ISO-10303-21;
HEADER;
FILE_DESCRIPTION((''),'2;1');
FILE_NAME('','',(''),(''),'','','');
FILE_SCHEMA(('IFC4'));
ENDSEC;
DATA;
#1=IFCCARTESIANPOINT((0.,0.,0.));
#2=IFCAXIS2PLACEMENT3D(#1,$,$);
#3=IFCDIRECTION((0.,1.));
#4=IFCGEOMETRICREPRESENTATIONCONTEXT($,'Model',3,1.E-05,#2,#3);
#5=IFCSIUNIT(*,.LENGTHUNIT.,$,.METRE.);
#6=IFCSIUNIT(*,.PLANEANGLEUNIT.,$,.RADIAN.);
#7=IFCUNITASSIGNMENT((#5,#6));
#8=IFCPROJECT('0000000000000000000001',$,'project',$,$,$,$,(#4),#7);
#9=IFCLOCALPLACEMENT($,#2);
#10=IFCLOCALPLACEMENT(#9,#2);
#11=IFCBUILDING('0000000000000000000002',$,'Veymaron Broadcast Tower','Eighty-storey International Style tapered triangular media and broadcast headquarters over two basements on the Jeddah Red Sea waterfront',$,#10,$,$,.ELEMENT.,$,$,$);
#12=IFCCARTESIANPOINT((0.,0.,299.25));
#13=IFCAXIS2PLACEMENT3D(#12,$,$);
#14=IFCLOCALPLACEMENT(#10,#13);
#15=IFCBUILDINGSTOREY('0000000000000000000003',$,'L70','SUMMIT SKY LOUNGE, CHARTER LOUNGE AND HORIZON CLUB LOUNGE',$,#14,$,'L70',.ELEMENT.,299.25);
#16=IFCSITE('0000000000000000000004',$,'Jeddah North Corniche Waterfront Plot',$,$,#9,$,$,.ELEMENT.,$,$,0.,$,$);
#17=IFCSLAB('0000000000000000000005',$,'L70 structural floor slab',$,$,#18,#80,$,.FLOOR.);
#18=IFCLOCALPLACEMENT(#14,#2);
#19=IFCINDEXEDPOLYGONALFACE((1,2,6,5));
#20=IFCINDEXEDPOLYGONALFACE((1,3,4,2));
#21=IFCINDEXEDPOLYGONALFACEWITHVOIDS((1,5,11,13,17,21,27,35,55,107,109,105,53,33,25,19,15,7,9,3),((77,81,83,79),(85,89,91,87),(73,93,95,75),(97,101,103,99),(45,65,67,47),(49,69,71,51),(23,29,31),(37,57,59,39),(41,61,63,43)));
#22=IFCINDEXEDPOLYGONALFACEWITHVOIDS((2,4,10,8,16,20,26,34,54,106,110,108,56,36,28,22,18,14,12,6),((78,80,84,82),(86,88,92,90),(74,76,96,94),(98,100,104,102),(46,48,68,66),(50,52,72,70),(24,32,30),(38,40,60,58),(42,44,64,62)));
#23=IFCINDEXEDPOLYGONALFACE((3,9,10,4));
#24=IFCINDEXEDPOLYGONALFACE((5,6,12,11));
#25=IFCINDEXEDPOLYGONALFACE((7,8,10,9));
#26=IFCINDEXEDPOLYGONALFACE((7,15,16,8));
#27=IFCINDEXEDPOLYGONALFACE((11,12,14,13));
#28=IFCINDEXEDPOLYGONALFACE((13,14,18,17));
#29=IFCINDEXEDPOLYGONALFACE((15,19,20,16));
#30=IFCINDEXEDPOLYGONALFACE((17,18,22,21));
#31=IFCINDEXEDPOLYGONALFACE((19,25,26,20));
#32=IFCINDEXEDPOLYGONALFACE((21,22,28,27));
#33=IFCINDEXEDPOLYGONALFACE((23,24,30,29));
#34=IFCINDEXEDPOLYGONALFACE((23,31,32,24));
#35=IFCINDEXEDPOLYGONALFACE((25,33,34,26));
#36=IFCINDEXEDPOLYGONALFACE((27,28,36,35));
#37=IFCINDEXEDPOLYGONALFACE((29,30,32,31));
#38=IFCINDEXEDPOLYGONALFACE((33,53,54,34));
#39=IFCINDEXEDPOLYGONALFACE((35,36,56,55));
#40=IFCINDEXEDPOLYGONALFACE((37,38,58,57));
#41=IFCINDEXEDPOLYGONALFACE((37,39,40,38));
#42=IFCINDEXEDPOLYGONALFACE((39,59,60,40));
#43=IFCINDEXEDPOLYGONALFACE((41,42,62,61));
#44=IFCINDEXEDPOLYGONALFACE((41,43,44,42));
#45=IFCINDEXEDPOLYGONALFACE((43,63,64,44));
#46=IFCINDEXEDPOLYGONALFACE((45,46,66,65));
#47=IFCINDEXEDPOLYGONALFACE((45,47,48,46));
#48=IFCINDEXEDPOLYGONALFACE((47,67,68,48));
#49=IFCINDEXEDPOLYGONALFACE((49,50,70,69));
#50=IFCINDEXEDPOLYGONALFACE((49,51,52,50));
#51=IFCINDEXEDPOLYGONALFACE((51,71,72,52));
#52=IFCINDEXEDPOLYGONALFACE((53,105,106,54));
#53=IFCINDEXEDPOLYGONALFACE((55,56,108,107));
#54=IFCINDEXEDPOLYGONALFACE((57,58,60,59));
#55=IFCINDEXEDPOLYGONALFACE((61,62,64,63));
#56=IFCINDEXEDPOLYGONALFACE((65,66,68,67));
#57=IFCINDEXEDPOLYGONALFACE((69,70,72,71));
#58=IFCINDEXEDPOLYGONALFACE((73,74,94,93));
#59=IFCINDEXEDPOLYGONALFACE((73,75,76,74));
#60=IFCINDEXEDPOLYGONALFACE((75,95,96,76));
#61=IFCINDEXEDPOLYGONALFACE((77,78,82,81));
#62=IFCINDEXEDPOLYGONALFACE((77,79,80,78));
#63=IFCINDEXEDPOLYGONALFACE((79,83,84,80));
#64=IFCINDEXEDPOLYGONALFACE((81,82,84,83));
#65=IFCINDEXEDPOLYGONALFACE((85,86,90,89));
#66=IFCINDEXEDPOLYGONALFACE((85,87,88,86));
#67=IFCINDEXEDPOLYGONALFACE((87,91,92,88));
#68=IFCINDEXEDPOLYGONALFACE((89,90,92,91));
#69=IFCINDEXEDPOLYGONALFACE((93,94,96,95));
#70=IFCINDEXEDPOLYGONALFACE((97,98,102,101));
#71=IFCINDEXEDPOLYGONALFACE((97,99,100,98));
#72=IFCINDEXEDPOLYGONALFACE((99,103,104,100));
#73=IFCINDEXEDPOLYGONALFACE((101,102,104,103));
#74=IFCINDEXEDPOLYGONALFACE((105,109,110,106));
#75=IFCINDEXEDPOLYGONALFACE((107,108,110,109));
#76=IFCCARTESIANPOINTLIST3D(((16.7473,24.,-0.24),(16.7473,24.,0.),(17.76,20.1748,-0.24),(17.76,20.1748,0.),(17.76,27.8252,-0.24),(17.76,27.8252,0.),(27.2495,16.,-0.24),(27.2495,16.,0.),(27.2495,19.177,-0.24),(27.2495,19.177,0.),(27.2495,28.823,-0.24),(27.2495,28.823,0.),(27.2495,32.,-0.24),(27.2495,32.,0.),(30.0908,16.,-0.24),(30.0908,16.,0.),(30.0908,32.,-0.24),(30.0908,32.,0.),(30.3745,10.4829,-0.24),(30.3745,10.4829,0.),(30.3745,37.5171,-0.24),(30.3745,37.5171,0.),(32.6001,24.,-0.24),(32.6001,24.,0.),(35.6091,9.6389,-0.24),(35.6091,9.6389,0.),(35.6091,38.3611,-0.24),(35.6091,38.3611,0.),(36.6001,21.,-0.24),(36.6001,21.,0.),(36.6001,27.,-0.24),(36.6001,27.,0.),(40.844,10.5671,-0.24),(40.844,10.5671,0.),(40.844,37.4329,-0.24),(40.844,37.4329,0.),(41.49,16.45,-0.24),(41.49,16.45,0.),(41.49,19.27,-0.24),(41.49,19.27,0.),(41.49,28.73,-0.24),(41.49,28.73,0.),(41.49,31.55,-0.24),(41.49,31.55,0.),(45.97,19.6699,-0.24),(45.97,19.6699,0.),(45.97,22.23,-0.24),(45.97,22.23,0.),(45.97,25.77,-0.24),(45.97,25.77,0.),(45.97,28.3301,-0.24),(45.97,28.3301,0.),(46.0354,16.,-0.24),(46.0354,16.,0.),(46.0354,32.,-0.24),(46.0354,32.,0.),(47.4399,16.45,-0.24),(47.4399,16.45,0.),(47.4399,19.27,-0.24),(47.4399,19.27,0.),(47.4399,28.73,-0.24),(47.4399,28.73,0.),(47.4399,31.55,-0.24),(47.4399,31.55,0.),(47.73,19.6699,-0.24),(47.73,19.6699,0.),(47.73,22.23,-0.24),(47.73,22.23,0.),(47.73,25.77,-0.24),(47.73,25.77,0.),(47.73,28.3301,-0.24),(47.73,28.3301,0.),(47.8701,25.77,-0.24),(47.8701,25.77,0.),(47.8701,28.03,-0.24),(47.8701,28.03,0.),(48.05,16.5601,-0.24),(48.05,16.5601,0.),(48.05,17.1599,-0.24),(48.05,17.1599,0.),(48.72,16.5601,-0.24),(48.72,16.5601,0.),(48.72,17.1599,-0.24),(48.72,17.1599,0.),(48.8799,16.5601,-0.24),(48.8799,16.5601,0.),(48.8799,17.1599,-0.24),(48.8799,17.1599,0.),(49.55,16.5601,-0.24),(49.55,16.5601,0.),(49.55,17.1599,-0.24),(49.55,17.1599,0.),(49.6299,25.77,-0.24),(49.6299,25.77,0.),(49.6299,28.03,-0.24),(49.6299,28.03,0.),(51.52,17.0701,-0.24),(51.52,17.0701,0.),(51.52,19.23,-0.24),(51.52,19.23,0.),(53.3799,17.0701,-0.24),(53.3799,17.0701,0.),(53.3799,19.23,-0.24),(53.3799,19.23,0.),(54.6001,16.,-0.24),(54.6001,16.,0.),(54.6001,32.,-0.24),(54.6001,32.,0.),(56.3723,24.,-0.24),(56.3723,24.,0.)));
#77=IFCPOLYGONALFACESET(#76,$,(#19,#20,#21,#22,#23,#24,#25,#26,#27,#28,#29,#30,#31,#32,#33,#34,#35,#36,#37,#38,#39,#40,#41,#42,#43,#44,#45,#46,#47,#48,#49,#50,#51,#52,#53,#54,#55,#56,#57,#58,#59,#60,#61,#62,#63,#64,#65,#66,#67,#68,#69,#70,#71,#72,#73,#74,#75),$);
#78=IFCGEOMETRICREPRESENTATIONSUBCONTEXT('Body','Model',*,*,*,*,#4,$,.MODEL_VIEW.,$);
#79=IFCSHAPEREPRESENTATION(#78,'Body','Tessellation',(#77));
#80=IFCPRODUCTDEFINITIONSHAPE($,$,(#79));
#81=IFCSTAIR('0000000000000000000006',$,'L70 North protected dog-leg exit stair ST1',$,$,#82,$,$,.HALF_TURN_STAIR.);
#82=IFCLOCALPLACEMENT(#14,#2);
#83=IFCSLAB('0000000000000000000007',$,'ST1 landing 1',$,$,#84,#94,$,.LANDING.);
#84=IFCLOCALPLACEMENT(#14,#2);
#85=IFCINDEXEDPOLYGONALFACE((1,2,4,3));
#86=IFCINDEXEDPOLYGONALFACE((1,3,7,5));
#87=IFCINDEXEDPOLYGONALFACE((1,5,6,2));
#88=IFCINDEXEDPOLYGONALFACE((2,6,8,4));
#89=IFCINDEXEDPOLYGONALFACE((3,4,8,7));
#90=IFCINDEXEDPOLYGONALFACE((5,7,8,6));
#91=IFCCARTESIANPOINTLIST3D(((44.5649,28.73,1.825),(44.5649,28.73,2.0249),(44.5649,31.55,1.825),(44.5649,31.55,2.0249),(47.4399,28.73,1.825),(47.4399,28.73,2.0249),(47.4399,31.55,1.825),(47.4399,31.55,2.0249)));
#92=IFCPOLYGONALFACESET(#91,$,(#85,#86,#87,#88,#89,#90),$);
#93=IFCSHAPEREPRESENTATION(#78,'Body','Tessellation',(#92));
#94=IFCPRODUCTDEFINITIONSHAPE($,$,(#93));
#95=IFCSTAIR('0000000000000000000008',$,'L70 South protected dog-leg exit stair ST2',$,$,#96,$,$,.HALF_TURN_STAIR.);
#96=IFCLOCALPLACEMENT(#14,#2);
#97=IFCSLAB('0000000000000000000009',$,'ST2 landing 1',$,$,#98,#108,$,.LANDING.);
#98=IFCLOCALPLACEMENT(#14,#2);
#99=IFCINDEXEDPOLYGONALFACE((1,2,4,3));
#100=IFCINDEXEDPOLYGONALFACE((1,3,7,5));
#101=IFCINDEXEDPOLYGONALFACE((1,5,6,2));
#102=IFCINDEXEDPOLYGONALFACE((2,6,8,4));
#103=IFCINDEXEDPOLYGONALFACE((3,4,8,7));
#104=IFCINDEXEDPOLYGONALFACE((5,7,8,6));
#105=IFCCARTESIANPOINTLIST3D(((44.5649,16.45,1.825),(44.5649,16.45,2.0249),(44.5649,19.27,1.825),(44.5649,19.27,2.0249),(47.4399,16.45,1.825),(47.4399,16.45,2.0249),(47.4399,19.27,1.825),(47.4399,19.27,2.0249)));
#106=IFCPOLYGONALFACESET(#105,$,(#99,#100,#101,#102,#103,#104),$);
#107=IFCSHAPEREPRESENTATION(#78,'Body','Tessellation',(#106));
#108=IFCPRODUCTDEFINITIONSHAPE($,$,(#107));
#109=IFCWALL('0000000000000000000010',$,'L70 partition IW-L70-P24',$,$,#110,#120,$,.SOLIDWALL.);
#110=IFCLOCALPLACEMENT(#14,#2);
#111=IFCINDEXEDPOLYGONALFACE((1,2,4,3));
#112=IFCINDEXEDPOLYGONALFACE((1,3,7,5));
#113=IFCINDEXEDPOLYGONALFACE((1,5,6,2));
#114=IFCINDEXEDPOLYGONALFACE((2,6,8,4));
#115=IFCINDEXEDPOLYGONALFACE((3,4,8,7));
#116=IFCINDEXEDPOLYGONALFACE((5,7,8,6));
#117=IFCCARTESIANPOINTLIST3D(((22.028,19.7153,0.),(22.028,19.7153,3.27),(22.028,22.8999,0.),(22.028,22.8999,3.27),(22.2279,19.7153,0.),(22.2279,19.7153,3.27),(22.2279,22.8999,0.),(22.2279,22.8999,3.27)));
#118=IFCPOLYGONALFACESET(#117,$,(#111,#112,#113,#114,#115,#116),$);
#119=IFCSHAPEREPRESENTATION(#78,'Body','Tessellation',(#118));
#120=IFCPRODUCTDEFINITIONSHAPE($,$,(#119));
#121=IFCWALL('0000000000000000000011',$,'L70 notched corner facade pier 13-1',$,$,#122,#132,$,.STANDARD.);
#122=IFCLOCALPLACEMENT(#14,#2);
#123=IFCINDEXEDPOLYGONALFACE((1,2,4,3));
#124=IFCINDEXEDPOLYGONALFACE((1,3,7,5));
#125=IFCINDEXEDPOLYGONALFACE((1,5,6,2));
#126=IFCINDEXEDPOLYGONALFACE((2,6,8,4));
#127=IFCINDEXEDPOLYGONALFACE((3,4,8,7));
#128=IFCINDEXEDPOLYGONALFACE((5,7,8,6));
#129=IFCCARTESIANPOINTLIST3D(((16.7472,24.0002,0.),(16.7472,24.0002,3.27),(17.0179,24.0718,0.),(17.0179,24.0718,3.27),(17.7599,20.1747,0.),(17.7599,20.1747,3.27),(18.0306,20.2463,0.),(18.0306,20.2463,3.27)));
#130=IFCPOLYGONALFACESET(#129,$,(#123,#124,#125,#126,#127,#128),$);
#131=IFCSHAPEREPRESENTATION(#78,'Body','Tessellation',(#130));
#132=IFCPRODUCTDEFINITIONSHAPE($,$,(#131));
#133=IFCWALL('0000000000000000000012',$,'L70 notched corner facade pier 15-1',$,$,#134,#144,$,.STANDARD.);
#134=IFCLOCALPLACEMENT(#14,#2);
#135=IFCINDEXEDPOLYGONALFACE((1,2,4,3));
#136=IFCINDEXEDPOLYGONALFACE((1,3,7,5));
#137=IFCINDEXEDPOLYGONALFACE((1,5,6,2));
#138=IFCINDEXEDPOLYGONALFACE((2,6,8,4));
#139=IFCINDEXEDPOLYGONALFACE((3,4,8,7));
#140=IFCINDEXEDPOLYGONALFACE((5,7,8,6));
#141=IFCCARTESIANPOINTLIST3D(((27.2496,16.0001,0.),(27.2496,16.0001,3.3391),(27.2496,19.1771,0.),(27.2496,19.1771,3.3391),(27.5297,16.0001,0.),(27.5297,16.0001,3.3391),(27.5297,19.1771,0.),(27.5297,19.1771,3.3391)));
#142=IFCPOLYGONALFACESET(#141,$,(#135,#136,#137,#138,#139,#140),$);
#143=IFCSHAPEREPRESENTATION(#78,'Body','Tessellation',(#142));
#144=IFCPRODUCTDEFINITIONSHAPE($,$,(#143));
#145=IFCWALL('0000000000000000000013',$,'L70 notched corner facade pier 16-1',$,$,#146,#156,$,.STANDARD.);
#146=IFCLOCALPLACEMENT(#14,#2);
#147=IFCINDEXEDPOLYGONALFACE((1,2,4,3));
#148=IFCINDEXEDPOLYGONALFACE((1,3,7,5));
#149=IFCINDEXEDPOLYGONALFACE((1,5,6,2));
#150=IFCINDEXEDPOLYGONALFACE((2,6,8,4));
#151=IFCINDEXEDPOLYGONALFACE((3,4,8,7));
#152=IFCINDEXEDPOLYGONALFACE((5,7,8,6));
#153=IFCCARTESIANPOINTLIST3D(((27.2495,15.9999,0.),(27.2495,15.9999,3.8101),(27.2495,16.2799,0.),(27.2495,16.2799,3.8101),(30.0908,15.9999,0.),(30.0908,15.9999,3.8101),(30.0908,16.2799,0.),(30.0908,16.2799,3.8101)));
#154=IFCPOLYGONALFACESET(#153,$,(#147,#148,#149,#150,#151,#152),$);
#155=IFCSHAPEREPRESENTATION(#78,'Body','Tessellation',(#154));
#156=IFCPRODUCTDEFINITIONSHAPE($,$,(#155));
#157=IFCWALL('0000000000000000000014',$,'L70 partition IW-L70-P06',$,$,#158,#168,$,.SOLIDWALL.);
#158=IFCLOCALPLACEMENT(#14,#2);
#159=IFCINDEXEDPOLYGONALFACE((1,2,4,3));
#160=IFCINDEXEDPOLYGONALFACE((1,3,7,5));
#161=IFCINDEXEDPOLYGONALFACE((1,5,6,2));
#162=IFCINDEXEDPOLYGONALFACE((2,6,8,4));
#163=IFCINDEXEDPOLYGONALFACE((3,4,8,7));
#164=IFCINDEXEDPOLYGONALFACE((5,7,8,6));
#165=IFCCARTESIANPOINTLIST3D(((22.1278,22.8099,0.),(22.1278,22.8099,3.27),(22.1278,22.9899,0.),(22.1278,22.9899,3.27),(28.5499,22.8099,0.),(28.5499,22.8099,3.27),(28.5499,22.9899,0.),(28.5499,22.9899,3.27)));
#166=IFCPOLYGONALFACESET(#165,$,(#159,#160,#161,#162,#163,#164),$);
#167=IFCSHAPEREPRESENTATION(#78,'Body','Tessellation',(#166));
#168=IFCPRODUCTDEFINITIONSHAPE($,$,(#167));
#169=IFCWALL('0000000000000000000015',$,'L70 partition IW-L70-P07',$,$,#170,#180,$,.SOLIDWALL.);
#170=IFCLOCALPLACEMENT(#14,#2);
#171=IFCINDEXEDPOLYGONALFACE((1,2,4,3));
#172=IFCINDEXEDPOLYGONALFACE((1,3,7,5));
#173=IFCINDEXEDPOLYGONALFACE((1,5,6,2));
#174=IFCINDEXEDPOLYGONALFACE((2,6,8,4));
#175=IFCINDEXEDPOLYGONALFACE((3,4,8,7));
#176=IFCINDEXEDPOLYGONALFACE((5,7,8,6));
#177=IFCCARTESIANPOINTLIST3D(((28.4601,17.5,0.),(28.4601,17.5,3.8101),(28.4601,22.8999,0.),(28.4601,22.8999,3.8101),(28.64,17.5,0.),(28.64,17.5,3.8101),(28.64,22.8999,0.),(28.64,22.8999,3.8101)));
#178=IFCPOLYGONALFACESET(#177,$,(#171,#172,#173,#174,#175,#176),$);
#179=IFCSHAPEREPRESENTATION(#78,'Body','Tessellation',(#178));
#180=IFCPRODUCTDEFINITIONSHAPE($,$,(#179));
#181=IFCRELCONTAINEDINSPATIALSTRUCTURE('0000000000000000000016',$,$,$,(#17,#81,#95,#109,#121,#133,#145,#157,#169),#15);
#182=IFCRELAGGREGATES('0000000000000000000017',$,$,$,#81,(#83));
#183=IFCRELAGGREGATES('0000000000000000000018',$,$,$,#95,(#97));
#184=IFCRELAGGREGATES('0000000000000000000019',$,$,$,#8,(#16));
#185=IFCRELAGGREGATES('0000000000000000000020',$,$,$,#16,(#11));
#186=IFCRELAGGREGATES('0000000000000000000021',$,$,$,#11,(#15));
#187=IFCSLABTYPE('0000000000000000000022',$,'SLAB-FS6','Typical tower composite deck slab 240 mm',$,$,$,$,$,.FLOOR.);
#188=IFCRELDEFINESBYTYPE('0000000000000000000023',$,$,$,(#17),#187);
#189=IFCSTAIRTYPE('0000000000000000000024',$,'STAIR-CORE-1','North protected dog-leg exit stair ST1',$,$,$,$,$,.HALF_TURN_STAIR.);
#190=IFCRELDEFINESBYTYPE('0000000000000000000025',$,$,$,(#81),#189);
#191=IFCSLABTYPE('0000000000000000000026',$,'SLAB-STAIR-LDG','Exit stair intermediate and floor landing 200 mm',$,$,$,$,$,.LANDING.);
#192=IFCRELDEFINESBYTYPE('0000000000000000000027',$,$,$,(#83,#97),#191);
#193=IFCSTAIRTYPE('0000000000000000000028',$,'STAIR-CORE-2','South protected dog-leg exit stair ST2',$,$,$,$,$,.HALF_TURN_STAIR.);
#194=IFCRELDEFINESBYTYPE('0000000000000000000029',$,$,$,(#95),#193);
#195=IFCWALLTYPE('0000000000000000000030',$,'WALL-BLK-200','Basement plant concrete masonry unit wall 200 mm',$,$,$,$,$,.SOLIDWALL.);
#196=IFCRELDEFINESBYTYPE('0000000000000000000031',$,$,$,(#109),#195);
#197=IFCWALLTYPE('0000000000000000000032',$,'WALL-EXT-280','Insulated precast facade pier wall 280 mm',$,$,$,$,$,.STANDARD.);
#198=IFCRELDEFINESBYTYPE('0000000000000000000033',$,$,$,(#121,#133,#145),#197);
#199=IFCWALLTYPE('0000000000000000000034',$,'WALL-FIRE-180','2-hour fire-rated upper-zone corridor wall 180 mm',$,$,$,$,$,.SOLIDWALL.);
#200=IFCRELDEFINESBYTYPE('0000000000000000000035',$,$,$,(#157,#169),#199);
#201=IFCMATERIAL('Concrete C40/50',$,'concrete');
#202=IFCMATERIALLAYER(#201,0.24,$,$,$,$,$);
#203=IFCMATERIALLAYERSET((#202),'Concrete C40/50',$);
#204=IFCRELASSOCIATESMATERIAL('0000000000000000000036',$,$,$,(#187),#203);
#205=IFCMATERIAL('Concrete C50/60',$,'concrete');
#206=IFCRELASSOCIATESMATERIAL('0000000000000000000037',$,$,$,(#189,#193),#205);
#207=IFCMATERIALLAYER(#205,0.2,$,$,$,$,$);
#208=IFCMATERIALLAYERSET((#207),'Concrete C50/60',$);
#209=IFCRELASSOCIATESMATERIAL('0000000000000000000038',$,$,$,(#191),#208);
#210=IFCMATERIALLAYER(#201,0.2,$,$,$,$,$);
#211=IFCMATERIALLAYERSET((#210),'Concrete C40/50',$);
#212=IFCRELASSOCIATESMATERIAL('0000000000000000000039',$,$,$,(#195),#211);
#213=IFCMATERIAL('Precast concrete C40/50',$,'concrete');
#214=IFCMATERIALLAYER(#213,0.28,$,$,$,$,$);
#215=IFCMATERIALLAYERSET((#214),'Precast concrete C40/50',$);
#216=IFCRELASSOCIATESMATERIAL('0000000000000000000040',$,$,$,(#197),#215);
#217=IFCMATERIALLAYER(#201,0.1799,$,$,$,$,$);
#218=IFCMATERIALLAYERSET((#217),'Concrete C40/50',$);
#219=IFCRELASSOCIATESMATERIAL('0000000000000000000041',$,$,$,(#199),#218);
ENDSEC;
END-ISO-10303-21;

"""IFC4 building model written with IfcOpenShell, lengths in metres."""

from ifc_helpers import new_model, si_unit, direction, frame, frame_2d, origin, place, context, subcontext, project, spatial, polyline, rectangle, outline, extrude, material, layer, layer_set, type_object, element, aggregate, save


model = new_model("IFC4")

# Units and contexts
model_context = context("Model", 3, precision=1e-05, world=origin(), true_north=direction((0.0, 1.0)))
body_context = subcontext(model_context, "Body", "Model", "MODEL_VIEW")
ifc_project = project(units=[si_unit("LENGTHUNIT", "METRE"), si_unit("PLANEANGLEUNIT", "RADIAN")], contexts=[model_context])

# Site, building, storey
site_placement = place(None, origin())
site = spatial("IfcSite", under=ifc_project, at=site_placement, Name="Jeddah North Corniche Waterfront Plot", CompositionType="ELEMENT", RefElevation=0.0)
building_placement = place(site_placement, origin())
building = spatial("IfcBuilding", under=site, at=building_placement, Name="Veymaron Broadcast Tower", Description="Eighty-storey International Style tapered triangular media and broadcast headquarters over two basements on the Jeddah Red Sea waterfront", CompositionType="ELEMENT")
storey_placement = place(building_placement, frame((0.0, 0.0, 299.25)))
storey = spatial("IfcBuildingStorey", under=building, at=storey_placement, Name="L70", Description="SUMMIT SKY LOUNGE, CHARTER LOUNGE AND HORIZON CLUB LOUNGE", LongName="L70", CompositionType="ELEMENT", Elevation=299.25)

# Slab
ifc_material_1 = material(Name="Concrete C40/50", Category="concrete")
ifc_layer_1 = layer(ifc_material_1, 0.24)
ifc_layer_set_1 = layer_set([ifc_layer_1], Name="Concrete C40/50")
slab_type_1 = type_object("IfcSlabType", Name="SLAB-FS6", Description="Typical tower composite deck slab 240 mm", PredefinedType="FLOOR", material=ifc_layer_set_1)
slab_1_placement = place(storey_placement, frame((0.0, 0.0, -0.24)))
element("IfcSlab", 1, at=slab_1_placement, inside=storey, type_object=slab_type_1, Name="L70 structural floor slab", PredefinedType="FLOOR", context=body_context, shape_type="SweptSolid", body=[
    extrude(outline(polyline([(46.0354, 16.0), (54.6001, 16.0), (56.3723, 24.0), (54.6001, 32.0), (46.0354, 32.0), (40.844, 37.4329), (35.6091, 38.3611), (30.3745, 37.5171), (30.0908, 32.0), (27.2495, 32.0), (27.2495, 28.823), (17.76, 27.8252), (16.7473, 24.0), (17.76, 20.1748), (27.2495, 19.177), (27.2495, 16.0), (30.0908, 16.0), (30.3745, 10.4829), (35.6091, 9.6389), (40.844, 10.5671), (46.0354, 16.0)]), holes=[polyline([(45.97, 28.3301), (47.73, 28.3301), (47.73, 25.77), (45.97, 25.77), (45.97, 28.3301)]), polyline([(45.97, 22.23), (47.73, 22.23), (47.73, 19.6699), (45.97, 19.6699), (45.97, 22.23)]), polyline([(47.8701, 28.03), (49.6299, 28.03), (49.6299, 25.77), (47.8701, 25.77), (47.8701, 28.03)]), polyline([(51.52, 19.23), (53.3799, 19.23), (53.3799, 17.0701), (51.52, 17.0701), (51.52, 19.23)]), polyline([(48.05, 17.1599), (48.72, 17.1599), (48.72, 16.5601), (48.05, 16.5601), (48.05, 17.1599)]), polyline([(48.8799, 17.1599), (49.55, 17.1599), (49.55, 16.5601), (48.8799, 16.5601), (48.8799, 17.1599)]), polyline([(36.6001, 27.0), (36.6001, 21.0), (32.6001, 24.0), (36.6001, 27.0)]), polyline([(41.49, 31.55), (47.4399, 31.55), (47.4399, 28.73), (41.49, 28.73), (41.49, 31.55)]), polyline([(41.49, 19.27), (47.4399, 19.27), (47.4399, 16.45), (41.49, 16.45), (41.49, 19.27)])]), origin(), (0.0, 0.0, 1.0), 0.24),
])

# Stairs, slabs
ifc_material_2 = material(Name="Concrete C50/60", Category="concrete")
stair_type_1 = type_object("IfcStairType", Name="STAIR-CORE-1", Description="North protected dog-leg exit stair ST1", PredefinedType="HALF_TURN_STAIR", material=ifc_material_2)
stair_1_placement = place(storey_placement, origin())
stair_1 = element("IfcStair", 2, at=stair_1_placement, inside=storey, type_object=stair_type_1, Name="L70 North protected dog-leg exit stair ST1", PredefinedType="HALF_TURN_STAIR")
ifc_layer_2 = layer(ifc_material_2, 0.2)
ifc_layer_set_2 = layer_set([ifc_layer_2], Name="Concrete C50/60")
slab_type_2 = type_object("IfcSlabType", Name="SLAB-STAIR-LDG", Description="Exit stair intermediate and floor landing 200 mm", PredefinedType="LANDING", material=ifc_layer_set_2)
slab_2_placement = place(storey_placement, frame((0.0, 0.0, 1.825)))
slab_2 = element("IfcSlab", 3, at=slab_2_placement, type_object=slab_type_2, Name="ST1 landing 1", PredefinedType="LANDING", context=body_context, shape_type="SweptSolid", body=[
    extrude(outline(polyline([(44.5649, 28.73), (47.4399, 28.73), (47.4399, 31.55), (44.5649, 31.55), (44.5649, 28.73)])), origin(), (0.0, 0.0, 1.0), 0.2),
])
aggregate(stair_1, [slab_2])
stair_type_2 = type_object("IfcStairType", Name="STAIR-CORE-2", Description="South protected dog-leg exit stair ST2", PredefinedType="HALF_TURN_STAIR", material=ifc_material_2)
stair_2_placement = place(storey_placement, origin())
stair_2 = element("IfcStair", 4, at=stair_2_placement, inside=storey, type_object=stair_type_2, Name="L70 South protected dog-leg exit stair ST2", PredefinedType="HALF_TURN_STAIR")
slab_3_placement = place(storey_placement, frame((0.0, 0.0, 1.825)))
slab_3 = element("IfcSlab", 5, at=slab_3_placement, type_object=slab_type_2, Name="ST2 landing 1", PredefinedType="LANDING", context=body_context, shape_type="SweptSolid", body=[
    extrude(outline(polyline([(44.5649, 16.45), (47.4399, 16.45), (47.4399, 19.27), (44.5649, 19.27), (44.5649, 16.45)])), origin(), (0.0, 0.0, 1.0), 0.2),
])
aggregate(stair_2, [slab_3])

# Walls
ifc_layer_3 = layer(ifc_material_1, 0.2)
ifc_layer_set_3 = layer_set([ifc_layer_3], Name="Concrete C40/50")
wall_type_1 = type_object("IfcWallType", Name="WALL-BLK-200", Description="Basement plant concrete masonry unit wall 200 mm", PredefinedType="SOLIDWALL", material=ifc_layer_set_3)
wall_1_placement = place(storey_placement, frame((22.1279, 19.7153, 0.0), z_axis=(0.0, 0.0, 1.0), x_axis=(0.0, 1.0, 0.0)))
element("IfcWall", 6, at=wall_1_placement, inside=storey, type_object=wall_type_1, Name="L70 partition IW-L70-P24", PredefinedType="SOLIDWALL", context=body_context, shape_type="SweptSolid", body=[
    extrude(rectangle(XDim=3.1846, YDim=0.2, at=frame_2d((1.5923, 0.0))), origin(), (0.0, 0.0, 1.0), 3.27),
])
ifc_material_3 = material(Name="Precast concrete C40/50", Category="concrete")
ifc_layer_4 = layer(ifc_material_3, 0.28)
ifc_layer_set_4 = layer_set([ifc_layer_4], Name="Precast concrete C40/50")
wall_type_2 = type_object("IfcWallType", Name="WALL-EXT-280", Description="Insulated precast facade pier wall 280 mm", PredefinedType="STANDARD", material=ifc_layer_set_4)
wall_2_placement = place(storey_placement, frame((16.8826, 24.0359, 0.0), z_axis=(0.0, 0.0, 1.0), x_axis=(0.255911, -0.9667, 0.0)))
element("IfcWall", 7, at=wall_2_placement, inside=storey, type_object=wall_type_2, Name="L70 notched corner facade pier 13-1", PredefinedType="STANDARD", context=body_context, shape_type="SweptSolid", body=[
    extrude(rectangle(XDim=3.9573, YDim=0.28, at=frame_2d((1.9785, 0.0))), origin(), (0.0, 0.0, 1.0), 3.27),
])
wall_3_placement = place(storey_placement, frame((27.3896, 19.177, 0.0), z_axis=(0.0, 0.0, 1.0), x_axis=(0.0, -1.0, 0.0)))
element("IfcWall", 8, at=wall_3_placement, inside=storey, type_object=wall_type_2, Name="L70 notched corner facade pier 15-1", PredefinedType="STANDARD", context=body_context, shape_type="SweptSolid", body=[
    extrude(rectangle(XDim=3.177, YDim=0.28, at=frame_2d((1.5884, 0.0))), origin(), (0.0, 0.0, 1.0), 3.3391),
])
wall_4_placement = place(storey_placement, frame((27.2495, 16.1399, 0.0), z_axis=(0.0, 0.0, 1.0), x_axis=(1.0, 0.0, 0.0)))
element("IfcWall", 9, at=wall_4_placement, inside=storey, type_object=wall_type_2, Name="L70 notched corner facade pier 16-1", PredefinedType="STANDARD", context=body_context, shape_type="SweptSolid", body=[
    extrude(rectangle(XDim=2.8413, YDim=0.28, at=frame_2d((1.4207, 0.0))), origin(), (0.0, 0.0, 1.0), 3.8101),
])

# Shared definitions
ifc_layer_5 = layer(ifc_material_1, 0.1799)
ifc_layer_set_5 = layer_set([ifc_layer_5], Name="Concrete C40/50")
wall_type_3 = type_object("IfcWallType", Name="WALL-FIRE-180", Description="2-hour fire-rated upper-zone corridor wall 180 mm", PredefinedType="SOLIDWALL", material=ifc_layer_set_5)

# Walls
wall_5_placement = place(storey_placement, frame((22.1279, 22.8999, 0.0), z_axis=(0.0, 0.0, 1.0), x_axis=(1.0, 0.0, 0.0)))
element("IfcWall", 10, at=wall_5_placement, inside=storey, type_object=wall_type_3, Name="L70 partition IW-L70-P06", PredefinedType="SOLIDWALL", context=body_context, shape_type="SweptSolid", body=[
    extrude(rectangle(XDim=6.4221, YDim=0.1799, at=frame_2d((3.2109, 0.0))), origin(), (0.0, 0.0, 1.0), 3.27),
])
wall_6_placement = place(storey_placement, frame((28.55, 17.5, 0.0), z_axis=(0.0, 0.0, 1.0), x_axis=(0.0, 1.0, 0.0)))
element("IfcWall", 11, at=wall_6_placement, inside=storey, type_object=wall_type_3, Name="L70 partition IW-L70-P07", PredefinedType="SOLIDWALL", context=body_context, shape_type="SweptSolid", body=[
    extrude(rectangle(XDim=5.3999, YDim=0.1799, at=frame_2d((2.7, 0.0))), origin(), (0.0, 0.0, 1.0), 3.8101),
])

save(model, "model.ifc")
